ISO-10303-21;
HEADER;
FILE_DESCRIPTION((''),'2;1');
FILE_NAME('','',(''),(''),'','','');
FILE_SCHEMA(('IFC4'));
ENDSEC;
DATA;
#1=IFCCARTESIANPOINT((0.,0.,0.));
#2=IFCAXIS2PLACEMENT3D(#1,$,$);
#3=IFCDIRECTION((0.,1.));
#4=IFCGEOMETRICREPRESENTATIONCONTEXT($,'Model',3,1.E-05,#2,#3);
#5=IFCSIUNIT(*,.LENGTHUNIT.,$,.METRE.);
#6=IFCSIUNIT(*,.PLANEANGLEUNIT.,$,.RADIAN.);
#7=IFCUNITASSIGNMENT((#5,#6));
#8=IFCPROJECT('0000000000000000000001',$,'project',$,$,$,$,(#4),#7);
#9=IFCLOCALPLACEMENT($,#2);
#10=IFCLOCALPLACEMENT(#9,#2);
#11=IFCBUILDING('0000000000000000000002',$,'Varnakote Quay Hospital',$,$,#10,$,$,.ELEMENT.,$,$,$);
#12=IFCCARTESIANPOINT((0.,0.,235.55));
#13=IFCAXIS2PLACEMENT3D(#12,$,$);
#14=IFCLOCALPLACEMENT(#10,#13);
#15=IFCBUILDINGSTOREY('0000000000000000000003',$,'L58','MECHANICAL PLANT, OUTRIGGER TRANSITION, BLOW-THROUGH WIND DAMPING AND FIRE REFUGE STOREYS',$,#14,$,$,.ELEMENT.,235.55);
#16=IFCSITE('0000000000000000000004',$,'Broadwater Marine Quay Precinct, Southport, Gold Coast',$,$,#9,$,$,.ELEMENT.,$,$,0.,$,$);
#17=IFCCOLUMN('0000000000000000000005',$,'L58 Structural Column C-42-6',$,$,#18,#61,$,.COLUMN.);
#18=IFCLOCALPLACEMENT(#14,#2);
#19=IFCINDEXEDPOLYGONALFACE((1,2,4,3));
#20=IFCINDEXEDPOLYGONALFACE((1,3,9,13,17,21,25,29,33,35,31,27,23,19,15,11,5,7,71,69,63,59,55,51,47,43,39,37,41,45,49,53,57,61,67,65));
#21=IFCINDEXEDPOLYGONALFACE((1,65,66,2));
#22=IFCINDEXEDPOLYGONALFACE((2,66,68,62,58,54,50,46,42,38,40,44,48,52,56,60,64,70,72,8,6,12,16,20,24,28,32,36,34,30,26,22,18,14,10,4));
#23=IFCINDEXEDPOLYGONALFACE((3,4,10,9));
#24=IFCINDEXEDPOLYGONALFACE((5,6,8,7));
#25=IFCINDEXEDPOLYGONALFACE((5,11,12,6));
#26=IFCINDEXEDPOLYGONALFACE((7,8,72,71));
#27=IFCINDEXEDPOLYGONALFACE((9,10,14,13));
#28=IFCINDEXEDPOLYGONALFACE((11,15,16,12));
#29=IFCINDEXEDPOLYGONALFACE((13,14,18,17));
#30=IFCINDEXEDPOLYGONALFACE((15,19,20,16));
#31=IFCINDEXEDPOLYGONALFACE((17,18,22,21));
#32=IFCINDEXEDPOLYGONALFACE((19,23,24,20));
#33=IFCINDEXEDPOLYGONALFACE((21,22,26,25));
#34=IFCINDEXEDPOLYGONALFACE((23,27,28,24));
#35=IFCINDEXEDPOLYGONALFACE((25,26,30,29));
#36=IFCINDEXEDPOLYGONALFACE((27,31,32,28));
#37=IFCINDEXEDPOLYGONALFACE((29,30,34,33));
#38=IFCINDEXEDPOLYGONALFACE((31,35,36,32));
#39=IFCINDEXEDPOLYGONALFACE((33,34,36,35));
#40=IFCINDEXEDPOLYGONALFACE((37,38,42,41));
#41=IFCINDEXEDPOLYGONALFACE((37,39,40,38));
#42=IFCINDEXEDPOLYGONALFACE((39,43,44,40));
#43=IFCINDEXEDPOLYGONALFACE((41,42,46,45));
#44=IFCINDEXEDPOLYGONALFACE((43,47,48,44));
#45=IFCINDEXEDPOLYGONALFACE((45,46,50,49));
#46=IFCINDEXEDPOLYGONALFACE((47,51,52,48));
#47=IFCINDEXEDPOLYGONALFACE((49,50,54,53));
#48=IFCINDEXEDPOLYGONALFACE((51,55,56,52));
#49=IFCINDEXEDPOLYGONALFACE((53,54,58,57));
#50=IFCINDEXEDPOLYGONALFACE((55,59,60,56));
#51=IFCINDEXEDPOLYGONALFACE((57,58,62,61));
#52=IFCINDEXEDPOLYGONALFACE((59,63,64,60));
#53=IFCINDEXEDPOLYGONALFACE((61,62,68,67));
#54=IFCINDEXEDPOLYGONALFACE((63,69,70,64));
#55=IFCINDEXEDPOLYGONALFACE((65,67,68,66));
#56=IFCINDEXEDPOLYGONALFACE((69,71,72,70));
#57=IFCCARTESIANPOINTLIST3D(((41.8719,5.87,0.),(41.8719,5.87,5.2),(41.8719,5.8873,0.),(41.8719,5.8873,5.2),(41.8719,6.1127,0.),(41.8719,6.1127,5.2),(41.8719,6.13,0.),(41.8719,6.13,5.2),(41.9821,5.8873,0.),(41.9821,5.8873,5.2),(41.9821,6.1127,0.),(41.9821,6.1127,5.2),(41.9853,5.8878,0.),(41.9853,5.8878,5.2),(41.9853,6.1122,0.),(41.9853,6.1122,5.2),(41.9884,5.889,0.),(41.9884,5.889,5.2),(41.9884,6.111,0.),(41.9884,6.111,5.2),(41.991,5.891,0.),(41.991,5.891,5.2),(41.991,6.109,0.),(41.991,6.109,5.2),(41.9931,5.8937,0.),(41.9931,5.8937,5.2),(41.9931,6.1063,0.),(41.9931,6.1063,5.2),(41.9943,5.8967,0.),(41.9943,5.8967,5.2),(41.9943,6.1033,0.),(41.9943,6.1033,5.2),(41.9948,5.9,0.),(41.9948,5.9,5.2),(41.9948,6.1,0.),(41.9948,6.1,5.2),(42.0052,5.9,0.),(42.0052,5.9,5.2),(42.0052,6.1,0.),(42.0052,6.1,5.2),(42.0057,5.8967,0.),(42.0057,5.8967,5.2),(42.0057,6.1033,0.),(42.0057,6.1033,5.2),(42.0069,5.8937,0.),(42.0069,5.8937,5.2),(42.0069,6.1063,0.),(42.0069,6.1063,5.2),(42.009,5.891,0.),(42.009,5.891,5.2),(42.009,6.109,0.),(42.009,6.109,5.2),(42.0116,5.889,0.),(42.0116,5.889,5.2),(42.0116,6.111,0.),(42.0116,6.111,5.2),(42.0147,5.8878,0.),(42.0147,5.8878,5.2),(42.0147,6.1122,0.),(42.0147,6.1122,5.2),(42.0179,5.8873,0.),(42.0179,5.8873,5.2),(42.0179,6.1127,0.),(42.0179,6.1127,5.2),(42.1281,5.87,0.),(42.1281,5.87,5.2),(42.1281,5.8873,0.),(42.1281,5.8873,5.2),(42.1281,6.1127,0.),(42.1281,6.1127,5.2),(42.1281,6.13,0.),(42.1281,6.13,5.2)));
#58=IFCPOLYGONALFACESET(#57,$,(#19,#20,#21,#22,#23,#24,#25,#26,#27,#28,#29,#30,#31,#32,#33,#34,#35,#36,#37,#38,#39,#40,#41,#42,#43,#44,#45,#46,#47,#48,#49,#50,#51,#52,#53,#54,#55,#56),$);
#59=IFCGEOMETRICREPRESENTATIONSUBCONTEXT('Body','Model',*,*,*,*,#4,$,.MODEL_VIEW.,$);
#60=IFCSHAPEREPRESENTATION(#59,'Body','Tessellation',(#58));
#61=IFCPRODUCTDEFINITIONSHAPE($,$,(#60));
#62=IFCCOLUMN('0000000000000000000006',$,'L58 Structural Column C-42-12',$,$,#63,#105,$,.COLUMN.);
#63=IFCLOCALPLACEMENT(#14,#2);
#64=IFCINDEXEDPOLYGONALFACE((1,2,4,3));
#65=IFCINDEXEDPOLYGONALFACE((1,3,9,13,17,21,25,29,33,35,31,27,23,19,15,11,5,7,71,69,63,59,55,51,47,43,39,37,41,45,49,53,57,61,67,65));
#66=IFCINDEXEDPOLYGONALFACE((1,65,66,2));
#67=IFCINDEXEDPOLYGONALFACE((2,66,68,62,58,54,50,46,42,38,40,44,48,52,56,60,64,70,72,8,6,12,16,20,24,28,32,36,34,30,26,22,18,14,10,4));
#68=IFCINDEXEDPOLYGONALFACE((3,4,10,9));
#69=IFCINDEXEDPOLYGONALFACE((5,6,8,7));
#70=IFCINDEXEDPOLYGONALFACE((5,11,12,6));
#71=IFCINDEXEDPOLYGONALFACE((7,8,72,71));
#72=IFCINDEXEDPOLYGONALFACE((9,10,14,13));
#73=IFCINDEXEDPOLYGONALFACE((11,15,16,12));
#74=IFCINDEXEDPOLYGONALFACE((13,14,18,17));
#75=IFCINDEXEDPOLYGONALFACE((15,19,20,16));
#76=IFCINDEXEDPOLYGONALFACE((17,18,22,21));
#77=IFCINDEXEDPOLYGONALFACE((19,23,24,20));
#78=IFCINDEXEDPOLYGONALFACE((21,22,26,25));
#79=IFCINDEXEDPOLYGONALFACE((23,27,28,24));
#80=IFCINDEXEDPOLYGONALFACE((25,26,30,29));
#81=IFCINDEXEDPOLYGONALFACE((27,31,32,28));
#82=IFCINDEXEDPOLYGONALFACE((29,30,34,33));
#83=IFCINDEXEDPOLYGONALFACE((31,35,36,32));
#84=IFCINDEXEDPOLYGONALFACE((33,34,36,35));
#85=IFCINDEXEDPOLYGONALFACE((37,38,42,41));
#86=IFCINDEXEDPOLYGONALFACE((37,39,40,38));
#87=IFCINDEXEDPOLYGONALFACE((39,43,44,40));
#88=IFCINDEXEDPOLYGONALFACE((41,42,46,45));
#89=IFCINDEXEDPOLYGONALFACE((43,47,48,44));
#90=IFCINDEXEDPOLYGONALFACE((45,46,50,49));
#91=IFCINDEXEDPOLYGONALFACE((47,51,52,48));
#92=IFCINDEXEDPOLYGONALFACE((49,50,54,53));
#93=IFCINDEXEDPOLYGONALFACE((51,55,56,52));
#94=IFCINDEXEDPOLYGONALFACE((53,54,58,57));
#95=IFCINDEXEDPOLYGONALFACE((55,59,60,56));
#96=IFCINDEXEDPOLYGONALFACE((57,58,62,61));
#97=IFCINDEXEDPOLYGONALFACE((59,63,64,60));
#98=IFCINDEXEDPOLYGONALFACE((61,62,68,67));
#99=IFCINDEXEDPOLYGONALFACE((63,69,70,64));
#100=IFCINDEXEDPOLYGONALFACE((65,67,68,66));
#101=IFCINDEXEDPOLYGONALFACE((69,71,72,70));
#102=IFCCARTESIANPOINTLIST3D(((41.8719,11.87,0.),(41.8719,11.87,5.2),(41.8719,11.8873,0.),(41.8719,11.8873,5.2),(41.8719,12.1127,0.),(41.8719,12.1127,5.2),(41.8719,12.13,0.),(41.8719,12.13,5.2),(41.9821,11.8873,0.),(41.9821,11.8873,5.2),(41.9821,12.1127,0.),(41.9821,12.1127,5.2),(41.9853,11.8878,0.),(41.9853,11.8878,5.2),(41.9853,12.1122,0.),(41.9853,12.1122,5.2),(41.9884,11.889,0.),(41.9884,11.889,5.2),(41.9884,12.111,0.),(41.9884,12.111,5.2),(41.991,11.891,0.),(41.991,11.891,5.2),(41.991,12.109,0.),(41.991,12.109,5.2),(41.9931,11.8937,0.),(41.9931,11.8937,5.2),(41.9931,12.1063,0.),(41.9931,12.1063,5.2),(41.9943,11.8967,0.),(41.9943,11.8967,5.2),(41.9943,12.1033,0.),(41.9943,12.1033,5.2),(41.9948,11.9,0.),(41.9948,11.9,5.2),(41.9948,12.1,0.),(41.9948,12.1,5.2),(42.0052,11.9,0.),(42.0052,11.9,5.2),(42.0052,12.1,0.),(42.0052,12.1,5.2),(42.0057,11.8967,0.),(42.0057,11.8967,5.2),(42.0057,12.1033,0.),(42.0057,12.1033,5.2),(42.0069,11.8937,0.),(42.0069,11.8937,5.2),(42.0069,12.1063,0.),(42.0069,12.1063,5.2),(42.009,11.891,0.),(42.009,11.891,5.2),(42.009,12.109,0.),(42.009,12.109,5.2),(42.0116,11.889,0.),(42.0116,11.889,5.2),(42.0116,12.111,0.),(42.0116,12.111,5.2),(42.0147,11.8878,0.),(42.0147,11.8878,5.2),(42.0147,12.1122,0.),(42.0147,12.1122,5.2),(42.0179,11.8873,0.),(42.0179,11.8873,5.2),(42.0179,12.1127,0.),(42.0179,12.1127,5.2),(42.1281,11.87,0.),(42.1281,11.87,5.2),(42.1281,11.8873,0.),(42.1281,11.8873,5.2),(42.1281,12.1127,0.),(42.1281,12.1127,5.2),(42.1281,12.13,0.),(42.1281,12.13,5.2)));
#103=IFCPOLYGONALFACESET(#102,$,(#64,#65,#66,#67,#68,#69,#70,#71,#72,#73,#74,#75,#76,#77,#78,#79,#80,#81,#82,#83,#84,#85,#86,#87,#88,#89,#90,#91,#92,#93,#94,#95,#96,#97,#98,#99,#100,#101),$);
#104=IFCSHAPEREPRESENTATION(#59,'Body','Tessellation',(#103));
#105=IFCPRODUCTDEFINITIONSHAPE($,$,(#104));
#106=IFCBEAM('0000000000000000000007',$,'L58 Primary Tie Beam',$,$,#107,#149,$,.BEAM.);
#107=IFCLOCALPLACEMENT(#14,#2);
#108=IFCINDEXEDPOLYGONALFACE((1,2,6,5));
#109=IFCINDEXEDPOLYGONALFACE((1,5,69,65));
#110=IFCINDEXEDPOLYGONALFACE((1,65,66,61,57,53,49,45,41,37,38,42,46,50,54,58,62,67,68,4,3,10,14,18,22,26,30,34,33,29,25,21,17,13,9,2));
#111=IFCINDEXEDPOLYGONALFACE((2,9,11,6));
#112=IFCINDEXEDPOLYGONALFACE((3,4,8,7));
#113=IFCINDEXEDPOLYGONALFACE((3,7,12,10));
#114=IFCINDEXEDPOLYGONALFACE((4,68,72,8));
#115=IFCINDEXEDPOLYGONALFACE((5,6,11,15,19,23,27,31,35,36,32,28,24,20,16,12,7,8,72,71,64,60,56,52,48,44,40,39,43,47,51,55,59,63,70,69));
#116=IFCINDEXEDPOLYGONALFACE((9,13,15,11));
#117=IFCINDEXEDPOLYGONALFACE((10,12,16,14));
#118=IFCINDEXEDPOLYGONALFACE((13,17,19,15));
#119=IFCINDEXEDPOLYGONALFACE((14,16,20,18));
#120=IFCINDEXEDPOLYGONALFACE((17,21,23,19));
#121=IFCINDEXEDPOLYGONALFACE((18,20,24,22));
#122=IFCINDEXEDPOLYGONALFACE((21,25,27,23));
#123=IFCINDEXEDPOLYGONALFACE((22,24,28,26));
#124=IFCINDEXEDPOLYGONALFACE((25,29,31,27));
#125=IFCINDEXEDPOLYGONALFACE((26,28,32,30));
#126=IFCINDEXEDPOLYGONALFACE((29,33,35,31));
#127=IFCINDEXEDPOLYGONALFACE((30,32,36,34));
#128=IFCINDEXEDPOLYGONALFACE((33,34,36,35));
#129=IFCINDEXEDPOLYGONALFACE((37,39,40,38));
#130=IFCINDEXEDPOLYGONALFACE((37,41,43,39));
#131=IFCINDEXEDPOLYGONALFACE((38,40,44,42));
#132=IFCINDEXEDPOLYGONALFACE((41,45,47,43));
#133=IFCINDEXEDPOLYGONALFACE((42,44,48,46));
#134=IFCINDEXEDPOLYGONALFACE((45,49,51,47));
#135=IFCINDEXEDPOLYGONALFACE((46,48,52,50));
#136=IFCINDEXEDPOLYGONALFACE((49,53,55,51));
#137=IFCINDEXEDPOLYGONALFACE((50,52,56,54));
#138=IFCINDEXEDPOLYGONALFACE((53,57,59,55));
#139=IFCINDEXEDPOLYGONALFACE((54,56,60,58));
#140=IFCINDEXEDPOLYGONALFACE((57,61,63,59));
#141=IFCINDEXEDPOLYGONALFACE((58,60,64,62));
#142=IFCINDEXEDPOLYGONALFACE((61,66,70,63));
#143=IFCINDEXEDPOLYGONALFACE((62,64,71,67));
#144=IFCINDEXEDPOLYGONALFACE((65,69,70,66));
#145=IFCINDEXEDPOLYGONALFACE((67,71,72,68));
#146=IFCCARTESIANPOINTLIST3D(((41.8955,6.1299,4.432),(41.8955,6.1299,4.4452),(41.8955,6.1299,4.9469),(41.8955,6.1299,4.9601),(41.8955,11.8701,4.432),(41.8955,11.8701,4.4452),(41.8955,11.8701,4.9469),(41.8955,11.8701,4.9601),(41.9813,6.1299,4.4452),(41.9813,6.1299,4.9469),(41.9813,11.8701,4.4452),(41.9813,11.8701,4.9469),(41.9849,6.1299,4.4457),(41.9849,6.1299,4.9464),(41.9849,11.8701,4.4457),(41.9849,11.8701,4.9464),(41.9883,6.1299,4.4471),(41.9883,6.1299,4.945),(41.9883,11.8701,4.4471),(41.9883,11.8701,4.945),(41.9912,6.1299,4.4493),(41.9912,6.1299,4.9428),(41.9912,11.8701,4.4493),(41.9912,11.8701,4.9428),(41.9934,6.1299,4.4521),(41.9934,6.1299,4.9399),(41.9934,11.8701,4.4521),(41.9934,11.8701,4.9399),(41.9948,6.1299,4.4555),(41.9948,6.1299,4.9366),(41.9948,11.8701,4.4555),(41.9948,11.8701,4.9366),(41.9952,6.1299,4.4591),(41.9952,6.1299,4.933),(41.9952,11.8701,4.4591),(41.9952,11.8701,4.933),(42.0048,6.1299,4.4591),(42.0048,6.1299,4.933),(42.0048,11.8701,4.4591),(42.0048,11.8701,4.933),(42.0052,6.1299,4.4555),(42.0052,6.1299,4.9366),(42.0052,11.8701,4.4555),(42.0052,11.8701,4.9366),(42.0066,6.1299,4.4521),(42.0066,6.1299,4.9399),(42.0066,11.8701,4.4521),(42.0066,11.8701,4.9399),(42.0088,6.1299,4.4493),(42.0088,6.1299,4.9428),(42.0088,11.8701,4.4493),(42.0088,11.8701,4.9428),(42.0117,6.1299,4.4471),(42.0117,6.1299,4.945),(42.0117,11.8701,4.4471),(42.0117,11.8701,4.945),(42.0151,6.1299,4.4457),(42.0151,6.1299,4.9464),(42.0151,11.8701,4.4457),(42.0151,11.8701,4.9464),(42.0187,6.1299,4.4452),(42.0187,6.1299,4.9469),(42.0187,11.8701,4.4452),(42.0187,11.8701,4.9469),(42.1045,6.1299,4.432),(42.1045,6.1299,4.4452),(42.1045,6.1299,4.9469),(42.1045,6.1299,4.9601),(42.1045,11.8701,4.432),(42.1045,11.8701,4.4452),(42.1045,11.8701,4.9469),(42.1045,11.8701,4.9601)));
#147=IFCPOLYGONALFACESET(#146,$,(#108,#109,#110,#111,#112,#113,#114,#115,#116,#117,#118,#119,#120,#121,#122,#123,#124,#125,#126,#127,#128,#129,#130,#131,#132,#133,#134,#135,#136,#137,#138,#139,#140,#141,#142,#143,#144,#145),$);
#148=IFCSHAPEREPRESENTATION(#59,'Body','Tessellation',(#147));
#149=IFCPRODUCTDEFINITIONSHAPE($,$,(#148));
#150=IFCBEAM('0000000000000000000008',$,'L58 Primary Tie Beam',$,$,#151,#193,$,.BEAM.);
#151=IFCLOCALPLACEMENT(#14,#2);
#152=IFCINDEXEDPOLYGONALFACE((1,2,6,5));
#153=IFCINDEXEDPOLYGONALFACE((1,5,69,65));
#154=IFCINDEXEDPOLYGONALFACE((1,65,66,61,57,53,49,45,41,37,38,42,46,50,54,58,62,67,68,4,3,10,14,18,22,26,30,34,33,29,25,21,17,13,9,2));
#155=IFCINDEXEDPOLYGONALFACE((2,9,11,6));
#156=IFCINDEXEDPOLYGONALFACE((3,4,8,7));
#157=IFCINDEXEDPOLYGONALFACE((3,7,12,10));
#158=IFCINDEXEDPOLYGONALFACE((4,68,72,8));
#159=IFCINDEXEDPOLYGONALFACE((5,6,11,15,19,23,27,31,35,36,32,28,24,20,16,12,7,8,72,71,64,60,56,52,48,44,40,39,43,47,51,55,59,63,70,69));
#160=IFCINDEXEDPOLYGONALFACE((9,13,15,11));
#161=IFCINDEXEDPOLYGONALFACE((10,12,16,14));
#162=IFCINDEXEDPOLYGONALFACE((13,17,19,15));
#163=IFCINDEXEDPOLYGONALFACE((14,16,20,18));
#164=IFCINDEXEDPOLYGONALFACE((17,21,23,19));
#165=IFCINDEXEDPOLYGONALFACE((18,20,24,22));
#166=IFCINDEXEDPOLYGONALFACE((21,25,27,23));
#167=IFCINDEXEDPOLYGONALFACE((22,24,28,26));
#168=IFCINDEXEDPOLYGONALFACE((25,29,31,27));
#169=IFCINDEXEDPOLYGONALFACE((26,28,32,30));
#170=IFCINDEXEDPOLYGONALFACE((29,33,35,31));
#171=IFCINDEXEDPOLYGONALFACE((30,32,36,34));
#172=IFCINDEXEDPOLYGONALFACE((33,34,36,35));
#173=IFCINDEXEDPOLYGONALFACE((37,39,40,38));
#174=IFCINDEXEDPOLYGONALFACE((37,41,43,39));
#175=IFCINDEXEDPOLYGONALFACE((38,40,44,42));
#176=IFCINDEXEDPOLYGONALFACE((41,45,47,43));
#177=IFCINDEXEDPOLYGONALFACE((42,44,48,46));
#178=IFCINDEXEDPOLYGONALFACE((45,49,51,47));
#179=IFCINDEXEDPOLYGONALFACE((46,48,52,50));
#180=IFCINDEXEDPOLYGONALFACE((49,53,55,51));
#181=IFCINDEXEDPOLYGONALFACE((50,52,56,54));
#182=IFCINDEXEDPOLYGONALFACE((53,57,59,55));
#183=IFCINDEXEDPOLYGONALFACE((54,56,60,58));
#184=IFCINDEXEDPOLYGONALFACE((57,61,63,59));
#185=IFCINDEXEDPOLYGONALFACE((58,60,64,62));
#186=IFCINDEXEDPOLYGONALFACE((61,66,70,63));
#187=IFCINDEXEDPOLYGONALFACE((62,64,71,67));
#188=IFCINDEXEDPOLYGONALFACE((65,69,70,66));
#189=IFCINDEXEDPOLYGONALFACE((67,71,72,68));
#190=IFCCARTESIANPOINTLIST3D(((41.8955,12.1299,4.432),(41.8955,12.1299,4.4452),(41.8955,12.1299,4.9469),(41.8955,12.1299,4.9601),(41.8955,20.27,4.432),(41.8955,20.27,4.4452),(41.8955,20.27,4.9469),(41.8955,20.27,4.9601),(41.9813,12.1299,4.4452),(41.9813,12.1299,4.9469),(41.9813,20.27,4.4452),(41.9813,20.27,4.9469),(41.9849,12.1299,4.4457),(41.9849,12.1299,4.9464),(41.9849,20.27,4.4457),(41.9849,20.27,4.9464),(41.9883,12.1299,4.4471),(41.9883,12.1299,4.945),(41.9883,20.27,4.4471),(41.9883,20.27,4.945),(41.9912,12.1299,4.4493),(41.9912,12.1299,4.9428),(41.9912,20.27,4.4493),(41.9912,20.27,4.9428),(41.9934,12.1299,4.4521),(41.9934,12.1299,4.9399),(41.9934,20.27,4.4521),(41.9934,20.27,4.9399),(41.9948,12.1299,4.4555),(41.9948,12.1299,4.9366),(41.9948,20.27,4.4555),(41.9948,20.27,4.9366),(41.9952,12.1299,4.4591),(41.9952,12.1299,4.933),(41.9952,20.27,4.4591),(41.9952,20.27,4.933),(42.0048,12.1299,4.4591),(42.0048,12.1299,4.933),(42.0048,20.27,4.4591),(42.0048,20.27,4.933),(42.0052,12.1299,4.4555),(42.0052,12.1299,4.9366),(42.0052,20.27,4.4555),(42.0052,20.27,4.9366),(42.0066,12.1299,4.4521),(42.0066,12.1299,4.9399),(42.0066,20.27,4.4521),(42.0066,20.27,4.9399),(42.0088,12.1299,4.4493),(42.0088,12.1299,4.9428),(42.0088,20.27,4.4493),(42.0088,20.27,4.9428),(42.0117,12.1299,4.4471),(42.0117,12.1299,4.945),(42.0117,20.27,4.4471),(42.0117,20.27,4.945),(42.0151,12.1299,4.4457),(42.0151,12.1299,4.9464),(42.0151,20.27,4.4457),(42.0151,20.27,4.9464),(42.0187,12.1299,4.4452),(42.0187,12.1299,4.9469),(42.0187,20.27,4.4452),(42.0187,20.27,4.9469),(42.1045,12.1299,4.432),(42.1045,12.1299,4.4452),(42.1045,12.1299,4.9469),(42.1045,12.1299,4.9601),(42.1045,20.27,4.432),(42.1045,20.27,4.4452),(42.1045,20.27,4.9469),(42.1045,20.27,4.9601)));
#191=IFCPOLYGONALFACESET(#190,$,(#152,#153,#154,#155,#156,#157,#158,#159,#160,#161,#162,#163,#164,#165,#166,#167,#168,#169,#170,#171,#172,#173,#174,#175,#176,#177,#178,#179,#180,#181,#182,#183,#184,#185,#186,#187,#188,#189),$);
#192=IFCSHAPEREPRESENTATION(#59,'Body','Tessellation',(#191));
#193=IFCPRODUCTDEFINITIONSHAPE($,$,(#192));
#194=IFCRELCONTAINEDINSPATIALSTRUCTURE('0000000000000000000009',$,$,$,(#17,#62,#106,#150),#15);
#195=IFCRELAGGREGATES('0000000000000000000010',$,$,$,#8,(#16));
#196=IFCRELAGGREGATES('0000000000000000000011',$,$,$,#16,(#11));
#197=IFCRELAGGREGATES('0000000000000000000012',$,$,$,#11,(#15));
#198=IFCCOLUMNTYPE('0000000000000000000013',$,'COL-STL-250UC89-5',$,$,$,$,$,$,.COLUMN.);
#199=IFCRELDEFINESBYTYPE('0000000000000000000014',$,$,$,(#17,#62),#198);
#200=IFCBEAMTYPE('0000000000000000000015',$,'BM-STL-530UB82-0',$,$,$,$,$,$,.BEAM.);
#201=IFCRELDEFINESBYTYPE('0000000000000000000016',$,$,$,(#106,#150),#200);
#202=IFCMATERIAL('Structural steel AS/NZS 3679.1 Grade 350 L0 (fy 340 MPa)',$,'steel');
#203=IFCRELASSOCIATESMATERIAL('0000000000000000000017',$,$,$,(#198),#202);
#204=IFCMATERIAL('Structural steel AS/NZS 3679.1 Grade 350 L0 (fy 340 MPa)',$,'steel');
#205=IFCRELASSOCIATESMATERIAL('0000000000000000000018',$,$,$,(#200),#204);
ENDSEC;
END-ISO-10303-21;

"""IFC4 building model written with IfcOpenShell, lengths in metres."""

from ifc_helpers import new_model, si_unit, direction, frame, origin, origin_2d, place, context, subcontext, project, spatial, i_section, extrude, material, material_profile, profile_set, type_object, element, save


model = new_model("IFC4")

# Units and contexts
model_context = context("Model", 3, precision=1e-05, world=origin(), true_north=direction((0.0, 1.0)))
body_context = subcontext(model_context, "Body", "Model", "MODEL_VIEW")
ifc_project = project(units=[si_unit("LENGTHUNIT", "METRE"), si_unit("PLANEANGLEUNIT", "RADIAN")], contexts=[model_context])

# Site, building, storey
site_placement = place(None, origin())
site = spatial("IfcSite", under=ifc_project, at=site_placement, Name="Broadwater Marine Quay Precinct, Southport, Gold Coast", CompositionType="ELEMENT", RefElevation=0.0)
building_placement = place(site_placement, origin())
building = spatial("IfcBuilding", under=site, at=building_placement, Name="Varnakote Quay Hospital", CompositionType="ELEMENT")
storey_placement = place(building_placement, frame((0.0, 0.0, 235.55)))
storey = spatial("IfcBuildingStorey", under=building, at=storey_placement, Name="L58", Description="MECHANICAL PLANT, OUTRIGGER TRANSITION, BLOW-THROUGH WIND DAMPING AND FIRE REFUGE STOREYS", CompositionType="ELEMENT", Elevation=235.55)

# Columns
ifc_material_1 = material(Name="Structural steel AS/NZS 3679.1 Grade 350 L0 (fy 340 MPa)", Category="steel")
ifc_material_profile_1 = material_profile(ifc_material_1, i_section(OverallWidth=0.2561, OverallDepth=0.26, WebThickness=0.0105, FlangeThickness=0.0173, FilletRadius=0.0127, at=origin_2d()), Name="250UC89.5")
ifc_profile_set_1 = profile_set([ifc_material_profile_1], Name="Structural steel AS/NZS 3679.1 Grade 350 L0 (fy 340 MPa)")
column_type = type_object("IfcColumnType", Name="COL-STL-250UC89-5", PredefinedType="COLUMN", material=ifc_profile_set_1)
for number, where, z_axis, x_axis, name in (
    (1, (42.0, 6.0, 0.0), (0.0, 0.0, 1.0), (1.0, 0.0, 0.0), "L58 Structural Column C-42-6"),
    (2, (42.0, 12.0, 0.0), (0.0, 0.0, 1.0), (1.0, 0.0, 0.0), "L58 Structural Column C-42-12"),
):
    element("IfcColumn", number, at=place(storey_placement, frame(where, z_axis=z_axis, x_axis=x_axis)), inside=storey, type_object=column_type, Name=name, PredefinedType="COLUMN", context=body_context, shape_type="SweptSolid", body=[
        extrude(i_section(OverallWidth=0.2561, OverallDepth=0.26, WebThickness=0.0105, FlangeThickness=0.0173, FilletRadius=0.0127, at=origin_2d()), origin(), (0.0, 0.0, 1.0), 5.2),
    ])

# Beams
ifc_material_2 = material(Name="Structural steel AS/NZS 3679.1 Grade 350 L0 (fy 340 MPa)", Category="steel")
ifc_material_profile_2 = material_profile(ifc_material_2, i_section(OverallWidth=0.209, OverallDepth=0.5281, WebThickness=0.0095, FlangeThickness=0.0132, FilletRadius=0.0139, at=origin_2d()), Name="530UB82.0")
ifc_profile_set_2 = profile_set([ifc_material_profile_2], Name="Structural steel AS/NZS 3679.1 Grade 350 L0 (fy 340 MPa)")
beam_type_1 = type_object("IfcBeamType", Name="BM-STL-530UB82-0", PredefinedType="BEAM", material=ifc_profile_set_2)
beam_1_placement = place(storey_placement, frame((42.0, 6.1299, 4.696), z_axis=(0.0, 1.0, 0.0), x_axis=(-1.0, 0.0, 0.0)))
element("IfcBeam", 3, at=beam_1_placement, inside=storey, type_object=beam_type_1, Name="L58 Primary Tie Beam", PredefinedType="BEAM", context=body_context, shape_type="SweptSolid", body=[
    extrude(i_section(OverallWidth=0.209, OverallDepth=0.5281, WebThickness=0.0095, FlangeThickness=0.0132, FilletRadius=0.0139, at=origin_2d()), origin(), (0.0, 0.0, 1.0), 5.7402),
])
beam_2_placement = place(storey_placement, frame((42.0, 12.1299, 4.696), z_axis=(0.0, 1.0, 0.0), x_axis=(-1.0, 0.0, 0.0)))
element("IfcBeam", 4, at=beam_2_placement, inside=storey, type_object=beam_type_1, Name="L58 Primary Tie Beam", PredefinedType="BEAM", context=body_context, shape_type="SweptSolid", body=[
    extrude(i_section(OverallWidth=0.209, OverallDepth=0.5281, WebThickness=0.0095, FlangeThickness=0.0132, FilletRadius=0.0139, at=origin_2d()), origin(), (0.0, 0.0, 1.0), 8.1401),
])

save(model, "model.ifc")
